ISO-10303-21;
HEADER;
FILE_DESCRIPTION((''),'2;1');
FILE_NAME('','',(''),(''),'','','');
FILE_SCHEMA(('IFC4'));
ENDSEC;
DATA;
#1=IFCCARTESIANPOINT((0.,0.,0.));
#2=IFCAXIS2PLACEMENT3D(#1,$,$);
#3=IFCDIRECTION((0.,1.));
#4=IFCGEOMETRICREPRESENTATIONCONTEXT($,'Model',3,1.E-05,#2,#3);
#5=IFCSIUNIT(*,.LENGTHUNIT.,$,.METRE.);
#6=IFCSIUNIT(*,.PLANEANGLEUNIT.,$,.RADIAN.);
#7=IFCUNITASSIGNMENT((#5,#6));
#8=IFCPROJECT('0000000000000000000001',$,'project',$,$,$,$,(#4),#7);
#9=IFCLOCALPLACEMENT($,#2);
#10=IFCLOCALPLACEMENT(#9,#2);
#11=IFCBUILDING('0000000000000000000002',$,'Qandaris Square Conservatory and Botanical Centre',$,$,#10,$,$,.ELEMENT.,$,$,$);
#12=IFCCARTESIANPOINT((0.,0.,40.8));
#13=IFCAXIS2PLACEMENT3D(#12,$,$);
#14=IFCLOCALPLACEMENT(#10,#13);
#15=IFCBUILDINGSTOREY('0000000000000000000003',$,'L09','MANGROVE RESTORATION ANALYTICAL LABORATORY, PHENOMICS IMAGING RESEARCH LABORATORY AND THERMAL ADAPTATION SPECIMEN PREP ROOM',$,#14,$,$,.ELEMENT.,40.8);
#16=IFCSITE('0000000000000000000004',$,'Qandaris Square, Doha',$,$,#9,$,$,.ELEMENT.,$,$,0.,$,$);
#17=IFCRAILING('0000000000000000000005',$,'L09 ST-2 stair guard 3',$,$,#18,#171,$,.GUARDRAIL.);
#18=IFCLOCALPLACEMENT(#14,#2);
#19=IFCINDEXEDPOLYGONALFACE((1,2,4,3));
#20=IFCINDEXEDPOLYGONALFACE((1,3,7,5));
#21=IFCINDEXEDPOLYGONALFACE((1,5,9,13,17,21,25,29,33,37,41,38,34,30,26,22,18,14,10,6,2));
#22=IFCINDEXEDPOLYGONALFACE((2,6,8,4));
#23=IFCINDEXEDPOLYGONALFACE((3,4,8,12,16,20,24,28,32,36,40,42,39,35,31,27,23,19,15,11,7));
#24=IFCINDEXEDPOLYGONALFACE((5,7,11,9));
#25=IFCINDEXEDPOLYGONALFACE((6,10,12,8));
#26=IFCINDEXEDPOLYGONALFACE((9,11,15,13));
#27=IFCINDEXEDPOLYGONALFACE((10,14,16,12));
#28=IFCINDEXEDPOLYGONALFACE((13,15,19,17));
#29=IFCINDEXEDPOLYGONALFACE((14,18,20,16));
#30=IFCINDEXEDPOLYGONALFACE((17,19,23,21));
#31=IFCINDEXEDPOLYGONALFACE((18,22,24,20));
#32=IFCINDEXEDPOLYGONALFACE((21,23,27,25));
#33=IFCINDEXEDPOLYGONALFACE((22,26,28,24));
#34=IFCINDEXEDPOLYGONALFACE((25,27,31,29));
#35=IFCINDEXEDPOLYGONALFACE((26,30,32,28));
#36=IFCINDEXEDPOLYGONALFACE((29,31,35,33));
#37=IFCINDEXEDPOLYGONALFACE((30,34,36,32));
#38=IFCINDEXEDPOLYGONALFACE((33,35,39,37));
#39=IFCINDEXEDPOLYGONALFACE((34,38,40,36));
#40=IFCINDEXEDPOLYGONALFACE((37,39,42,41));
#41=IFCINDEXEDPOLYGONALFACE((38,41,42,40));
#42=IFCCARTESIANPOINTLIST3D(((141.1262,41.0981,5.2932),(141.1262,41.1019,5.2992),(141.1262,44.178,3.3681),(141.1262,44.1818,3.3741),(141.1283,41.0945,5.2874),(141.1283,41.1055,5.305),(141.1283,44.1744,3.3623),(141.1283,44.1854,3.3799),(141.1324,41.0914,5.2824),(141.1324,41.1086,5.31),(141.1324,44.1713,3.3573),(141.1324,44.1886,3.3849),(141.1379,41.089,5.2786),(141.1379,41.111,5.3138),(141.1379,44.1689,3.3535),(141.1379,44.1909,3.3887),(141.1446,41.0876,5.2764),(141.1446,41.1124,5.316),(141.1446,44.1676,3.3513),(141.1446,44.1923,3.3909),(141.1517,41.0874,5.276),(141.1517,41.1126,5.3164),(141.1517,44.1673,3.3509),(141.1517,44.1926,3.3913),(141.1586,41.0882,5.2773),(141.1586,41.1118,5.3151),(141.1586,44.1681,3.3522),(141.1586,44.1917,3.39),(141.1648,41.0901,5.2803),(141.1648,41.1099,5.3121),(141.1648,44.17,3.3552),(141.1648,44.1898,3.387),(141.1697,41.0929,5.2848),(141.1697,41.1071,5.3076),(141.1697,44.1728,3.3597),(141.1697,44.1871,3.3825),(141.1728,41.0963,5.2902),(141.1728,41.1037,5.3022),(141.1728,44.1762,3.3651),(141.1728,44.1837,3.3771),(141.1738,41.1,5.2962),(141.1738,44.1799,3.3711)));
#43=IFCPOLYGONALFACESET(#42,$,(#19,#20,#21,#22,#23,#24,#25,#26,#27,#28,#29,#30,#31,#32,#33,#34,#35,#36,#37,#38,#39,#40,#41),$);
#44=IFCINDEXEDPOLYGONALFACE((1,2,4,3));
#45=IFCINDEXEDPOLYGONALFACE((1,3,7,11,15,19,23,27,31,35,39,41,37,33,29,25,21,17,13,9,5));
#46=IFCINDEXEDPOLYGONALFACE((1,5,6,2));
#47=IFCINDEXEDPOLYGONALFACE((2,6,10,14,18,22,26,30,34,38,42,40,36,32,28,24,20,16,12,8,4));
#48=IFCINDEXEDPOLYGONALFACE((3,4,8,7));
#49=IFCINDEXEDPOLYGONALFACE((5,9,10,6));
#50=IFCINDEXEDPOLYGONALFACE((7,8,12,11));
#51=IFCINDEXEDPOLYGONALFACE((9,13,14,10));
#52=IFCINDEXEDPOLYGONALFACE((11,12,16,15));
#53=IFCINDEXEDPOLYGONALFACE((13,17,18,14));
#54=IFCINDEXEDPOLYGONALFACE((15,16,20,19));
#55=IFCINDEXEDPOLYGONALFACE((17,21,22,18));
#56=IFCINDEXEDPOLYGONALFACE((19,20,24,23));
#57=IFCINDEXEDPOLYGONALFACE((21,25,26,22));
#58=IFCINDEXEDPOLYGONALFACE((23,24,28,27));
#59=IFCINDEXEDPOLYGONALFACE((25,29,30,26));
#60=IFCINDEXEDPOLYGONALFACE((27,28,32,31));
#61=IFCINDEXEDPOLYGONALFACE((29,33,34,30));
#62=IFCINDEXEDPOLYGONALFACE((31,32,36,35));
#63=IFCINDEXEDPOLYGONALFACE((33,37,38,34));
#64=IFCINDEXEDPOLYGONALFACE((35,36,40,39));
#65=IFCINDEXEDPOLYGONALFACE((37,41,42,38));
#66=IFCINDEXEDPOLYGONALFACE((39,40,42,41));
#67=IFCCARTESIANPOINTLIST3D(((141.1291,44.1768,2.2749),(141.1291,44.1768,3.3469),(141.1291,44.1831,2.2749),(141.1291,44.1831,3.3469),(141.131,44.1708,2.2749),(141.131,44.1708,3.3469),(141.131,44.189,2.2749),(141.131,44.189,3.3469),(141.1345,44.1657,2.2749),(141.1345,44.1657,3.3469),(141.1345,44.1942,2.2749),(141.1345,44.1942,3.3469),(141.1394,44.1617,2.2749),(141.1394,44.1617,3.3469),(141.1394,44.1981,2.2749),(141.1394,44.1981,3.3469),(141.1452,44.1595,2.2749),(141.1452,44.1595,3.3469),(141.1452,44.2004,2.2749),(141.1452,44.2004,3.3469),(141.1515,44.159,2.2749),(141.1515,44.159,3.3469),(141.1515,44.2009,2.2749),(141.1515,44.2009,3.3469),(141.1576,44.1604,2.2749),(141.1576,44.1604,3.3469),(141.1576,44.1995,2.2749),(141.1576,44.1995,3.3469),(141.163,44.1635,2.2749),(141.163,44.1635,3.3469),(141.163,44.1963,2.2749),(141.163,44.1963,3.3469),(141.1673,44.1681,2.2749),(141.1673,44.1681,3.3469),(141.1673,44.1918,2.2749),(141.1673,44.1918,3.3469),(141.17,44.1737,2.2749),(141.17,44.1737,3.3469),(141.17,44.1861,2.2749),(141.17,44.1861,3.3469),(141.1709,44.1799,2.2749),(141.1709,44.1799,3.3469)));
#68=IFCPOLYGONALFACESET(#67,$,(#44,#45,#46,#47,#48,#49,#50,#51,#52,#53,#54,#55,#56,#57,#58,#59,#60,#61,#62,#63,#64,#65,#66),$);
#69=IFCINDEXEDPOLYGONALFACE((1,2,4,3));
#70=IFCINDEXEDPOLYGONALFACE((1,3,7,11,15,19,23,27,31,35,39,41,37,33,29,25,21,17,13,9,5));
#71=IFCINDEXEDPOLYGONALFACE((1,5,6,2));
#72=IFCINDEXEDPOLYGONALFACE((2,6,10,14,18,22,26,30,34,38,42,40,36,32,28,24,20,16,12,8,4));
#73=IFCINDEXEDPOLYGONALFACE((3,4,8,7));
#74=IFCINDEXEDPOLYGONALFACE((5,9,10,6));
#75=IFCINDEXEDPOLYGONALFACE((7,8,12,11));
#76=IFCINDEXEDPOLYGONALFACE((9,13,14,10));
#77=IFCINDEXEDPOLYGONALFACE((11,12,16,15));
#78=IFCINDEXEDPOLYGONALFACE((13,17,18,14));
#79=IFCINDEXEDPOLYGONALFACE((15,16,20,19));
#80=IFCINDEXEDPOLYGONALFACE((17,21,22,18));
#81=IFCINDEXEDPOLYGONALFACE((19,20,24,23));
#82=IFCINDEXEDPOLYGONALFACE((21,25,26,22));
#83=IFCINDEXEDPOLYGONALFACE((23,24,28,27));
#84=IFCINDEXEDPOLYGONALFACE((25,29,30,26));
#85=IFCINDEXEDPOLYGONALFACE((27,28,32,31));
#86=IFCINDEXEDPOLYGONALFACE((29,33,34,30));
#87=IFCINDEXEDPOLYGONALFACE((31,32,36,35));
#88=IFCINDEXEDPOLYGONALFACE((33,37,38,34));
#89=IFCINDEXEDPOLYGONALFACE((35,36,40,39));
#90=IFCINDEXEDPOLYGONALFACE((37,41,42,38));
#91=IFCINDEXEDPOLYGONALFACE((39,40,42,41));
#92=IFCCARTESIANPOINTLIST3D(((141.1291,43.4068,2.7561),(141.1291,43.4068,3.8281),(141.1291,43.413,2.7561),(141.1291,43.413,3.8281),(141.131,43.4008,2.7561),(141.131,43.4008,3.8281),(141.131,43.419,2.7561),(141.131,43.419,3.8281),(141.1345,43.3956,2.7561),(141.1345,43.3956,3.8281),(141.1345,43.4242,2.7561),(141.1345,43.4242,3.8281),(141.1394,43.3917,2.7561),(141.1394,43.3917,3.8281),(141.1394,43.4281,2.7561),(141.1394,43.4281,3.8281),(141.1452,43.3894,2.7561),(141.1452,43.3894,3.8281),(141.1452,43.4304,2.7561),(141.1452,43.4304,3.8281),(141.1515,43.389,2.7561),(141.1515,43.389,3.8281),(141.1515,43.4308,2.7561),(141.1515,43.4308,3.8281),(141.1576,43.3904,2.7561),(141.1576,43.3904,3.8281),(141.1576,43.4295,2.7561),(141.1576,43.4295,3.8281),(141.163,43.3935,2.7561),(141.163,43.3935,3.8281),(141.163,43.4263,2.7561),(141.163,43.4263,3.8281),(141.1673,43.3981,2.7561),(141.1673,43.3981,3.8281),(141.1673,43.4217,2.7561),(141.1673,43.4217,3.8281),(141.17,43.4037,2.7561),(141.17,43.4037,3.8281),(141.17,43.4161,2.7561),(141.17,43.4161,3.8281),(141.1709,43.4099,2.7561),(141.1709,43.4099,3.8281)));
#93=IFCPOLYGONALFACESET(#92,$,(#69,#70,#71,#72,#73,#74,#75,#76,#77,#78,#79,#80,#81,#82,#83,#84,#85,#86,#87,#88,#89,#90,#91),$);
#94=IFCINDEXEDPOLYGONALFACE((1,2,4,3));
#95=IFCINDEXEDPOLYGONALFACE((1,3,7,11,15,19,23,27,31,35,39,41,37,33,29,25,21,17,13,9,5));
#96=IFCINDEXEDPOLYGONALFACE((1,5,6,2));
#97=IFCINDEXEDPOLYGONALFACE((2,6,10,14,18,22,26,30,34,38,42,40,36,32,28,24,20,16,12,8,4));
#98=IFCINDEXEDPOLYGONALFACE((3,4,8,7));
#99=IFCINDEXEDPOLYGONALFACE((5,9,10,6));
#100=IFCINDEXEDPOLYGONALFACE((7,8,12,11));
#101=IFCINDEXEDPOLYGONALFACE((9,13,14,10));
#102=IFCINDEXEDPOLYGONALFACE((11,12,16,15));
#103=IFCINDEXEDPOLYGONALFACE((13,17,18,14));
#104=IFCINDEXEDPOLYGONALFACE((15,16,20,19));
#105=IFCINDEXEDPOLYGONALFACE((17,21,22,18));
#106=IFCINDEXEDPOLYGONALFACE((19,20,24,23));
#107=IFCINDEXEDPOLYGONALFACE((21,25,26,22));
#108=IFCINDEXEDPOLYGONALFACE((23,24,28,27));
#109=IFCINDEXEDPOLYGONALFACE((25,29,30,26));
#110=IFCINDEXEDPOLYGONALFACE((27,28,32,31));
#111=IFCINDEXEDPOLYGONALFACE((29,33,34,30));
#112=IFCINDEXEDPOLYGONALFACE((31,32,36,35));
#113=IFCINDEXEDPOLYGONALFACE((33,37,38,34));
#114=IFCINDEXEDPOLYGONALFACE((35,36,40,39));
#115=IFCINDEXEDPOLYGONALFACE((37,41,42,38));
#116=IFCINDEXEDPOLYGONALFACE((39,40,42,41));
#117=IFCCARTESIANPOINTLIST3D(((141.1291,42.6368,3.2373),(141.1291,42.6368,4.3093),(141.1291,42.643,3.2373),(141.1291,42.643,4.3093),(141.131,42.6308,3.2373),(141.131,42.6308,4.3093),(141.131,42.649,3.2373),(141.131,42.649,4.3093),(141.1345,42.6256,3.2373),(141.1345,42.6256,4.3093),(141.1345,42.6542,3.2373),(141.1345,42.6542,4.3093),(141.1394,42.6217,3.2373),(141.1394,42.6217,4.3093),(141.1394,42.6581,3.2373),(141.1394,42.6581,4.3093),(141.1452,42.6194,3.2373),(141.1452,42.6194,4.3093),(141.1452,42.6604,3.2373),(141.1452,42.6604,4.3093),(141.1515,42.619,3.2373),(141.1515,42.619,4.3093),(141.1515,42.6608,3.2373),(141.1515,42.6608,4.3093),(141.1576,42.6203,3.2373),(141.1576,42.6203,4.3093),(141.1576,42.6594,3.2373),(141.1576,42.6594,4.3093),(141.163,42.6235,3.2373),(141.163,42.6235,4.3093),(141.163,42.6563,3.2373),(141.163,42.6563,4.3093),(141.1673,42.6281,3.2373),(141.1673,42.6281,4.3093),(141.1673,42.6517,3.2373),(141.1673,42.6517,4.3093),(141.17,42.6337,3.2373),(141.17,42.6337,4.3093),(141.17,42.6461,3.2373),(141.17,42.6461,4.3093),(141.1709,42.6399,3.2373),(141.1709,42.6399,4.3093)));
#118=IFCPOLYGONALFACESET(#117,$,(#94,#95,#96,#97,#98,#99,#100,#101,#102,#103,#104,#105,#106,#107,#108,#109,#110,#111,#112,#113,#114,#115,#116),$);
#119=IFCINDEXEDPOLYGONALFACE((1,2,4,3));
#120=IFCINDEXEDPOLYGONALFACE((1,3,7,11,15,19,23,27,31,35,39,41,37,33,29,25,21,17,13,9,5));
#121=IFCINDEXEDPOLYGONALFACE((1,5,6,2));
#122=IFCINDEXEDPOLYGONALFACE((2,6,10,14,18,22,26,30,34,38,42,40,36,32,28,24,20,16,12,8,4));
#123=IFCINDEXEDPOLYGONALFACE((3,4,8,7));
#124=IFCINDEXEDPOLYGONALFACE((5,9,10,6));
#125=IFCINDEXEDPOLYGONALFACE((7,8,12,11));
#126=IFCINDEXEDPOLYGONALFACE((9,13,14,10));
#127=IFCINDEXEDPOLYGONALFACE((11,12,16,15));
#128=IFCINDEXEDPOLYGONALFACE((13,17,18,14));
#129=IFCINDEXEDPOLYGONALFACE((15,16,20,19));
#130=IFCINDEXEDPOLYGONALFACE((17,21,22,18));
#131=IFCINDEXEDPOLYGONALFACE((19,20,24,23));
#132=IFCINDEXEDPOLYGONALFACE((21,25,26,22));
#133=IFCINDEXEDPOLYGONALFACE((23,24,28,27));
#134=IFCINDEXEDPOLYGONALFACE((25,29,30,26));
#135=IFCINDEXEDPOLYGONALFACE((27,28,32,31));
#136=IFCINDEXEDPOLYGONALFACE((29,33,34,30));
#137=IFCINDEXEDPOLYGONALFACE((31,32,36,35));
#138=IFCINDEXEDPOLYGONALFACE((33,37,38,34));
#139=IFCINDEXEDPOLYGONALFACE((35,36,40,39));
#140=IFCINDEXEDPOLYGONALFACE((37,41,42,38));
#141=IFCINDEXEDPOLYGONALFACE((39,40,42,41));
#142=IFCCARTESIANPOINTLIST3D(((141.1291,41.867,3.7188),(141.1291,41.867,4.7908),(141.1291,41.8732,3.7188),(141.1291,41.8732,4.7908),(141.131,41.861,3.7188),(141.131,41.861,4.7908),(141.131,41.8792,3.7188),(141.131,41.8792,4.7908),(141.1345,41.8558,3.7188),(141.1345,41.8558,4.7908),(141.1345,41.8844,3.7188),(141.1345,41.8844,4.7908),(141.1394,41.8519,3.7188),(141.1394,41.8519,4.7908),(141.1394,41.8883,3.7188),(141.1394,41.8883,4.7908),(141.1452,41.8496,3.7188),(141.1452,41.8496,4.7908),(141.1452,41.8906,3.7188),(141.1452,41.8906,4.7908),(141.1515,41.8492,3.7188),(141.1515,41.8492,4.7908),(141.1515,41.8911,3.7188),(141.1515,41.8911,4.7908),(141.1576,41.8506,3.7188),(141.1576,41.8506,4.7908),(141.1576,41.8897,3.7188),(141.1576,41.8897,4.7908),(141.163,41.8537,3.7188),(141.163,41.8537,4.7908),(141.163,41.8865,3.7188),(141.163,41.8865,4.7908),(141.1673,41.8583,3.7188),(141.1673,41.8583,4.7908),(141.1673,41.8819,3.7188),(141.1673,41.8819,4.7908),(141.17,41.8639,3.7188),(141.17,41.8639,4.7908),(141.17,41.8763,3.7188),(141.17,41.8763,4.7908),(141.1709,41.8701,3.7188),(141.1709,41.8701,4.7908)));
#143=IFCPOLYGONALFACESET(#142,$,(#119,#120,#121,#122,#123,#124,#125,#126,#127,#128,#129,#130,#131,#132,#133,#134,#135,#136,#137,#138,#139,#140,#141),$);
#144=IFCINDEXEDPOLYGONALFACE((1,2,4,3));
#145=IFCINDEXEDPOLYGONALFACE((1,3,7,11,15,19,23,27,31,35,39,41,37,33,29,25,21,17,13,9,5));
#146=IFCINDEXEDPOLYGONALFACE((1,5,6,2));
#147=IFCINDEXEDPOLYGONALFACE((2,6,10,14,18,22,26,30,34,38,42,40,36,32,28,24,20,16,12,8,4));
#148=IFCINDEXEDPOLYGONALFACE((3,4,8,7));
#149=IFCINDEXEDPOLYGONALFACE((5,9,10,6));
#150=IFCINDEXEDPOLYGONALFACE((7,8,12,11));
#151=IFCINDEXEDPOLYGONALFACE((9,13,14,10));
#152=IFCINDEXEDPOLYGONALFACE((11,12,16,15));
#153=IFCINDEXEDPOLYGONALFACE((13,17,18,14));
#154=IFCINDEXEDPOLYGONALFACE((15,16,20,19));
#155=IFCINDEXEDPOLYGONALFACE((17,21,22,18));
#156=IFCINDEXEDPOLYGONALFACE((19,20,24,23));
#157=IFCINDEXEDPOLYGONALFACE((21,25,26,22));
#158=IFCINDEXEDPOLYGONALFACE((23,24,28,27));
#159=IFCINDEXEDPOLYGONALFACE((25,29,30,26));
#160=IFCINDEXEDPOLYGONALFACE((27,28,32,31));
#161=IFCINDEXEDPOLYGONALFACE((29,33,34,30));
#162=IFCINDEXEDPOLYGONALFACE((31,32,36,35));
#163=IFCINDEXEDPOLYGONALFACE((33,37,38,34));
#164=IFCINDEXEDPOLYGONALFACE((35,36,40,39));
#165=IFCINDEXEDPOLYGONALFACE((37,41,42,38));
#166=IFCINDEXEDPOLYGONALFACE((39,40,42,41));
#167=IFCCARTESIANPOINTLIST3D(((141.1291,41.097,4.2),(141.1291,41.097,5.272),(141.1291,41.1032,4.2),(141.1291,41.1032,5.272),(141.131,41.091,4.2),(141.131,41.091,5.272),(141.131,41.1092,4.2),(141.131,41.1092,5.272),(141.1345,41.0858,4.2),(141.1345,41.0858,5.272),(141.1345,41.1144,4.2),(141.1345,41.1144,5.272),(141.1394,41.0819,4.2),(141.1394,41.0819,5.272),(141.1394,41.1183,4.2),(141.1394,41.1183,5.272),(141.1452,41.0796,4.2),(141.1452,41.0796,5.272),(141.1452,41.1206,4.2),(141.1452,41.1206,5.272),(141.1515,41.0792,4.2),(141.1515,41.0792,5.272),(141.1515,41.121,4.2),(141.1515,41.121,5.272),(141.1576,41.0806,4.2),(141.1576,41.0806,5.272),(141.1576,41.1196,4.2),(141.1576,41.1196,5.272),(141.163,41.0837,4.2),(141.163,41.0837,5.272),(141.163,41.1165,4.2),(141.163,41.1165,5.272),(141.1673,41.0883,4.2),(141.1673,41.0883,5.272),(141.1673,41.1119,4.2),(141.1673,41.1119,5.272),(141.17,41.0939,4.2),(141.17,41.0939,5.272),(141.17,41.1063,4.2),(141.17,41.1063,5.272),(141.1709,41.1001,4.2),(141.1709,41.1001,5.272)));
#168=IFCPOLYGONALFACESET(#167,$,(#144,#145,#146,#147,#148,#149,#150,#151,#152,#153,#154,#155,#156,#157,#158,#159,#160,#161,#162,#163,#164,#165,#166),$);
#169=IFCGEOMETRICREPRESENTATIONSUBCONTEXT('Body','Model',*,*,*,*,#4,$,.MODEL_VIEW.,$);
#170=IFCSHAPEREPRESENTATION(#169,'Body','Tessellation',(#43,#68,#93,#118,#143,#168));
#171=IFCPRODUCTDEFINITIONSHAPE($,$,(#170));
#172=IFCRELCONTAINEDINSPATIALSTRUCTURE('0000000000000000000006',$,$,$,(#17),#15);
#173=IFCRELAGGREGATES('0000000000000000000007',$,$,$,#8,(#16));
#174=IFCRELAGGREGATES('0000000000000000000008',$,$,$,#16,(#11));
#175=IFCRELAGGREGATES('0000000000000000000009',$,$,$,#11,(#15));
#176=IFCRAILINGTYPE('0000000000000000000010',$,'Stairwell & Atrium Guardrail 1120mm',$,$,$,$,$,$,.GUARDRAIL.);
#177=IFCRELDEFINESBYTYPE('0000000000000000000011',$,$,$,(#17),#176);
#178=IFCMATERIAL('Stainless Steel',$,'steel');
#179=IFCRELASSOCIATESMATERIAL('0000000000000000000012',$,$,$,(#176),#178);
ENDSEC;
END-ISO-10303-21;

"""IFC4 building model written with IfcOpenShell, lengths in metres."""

from ifc_helpers import new_model, si_unit, direction, frame, origin, origin_2d, place, context, subcontext, project, spatial, circle, extrude, material, type_object, element, save


model = new_model("IFC4")

# Units and contexts
model_context = context("Model", 3, precision=1e-05, world=origin(), true_north=direction((0.0, 1.0)))
body_context = subcontext(model_context, "Body", "Model", "MODEL_VIEW")
ifc_project = project(units=[si_unit("LENGTHUNIT", "METRE"), si_unit("PLANEANGLEUNIT", "RADIAN")], contexts=[model_context])

# Site, building, storey
site_placement = place(None, origin())
site = spatial("IfcSite", under=ifc_project, at=site_placement, Name="Qandaris Square, Doha", CompositionType="ELEMENT", RefElevation=0.0)
building_placement = place(site_placement, origin())
building = spatial("IfcBuilding", under=site, at=building_placement, Name="Qandaris Square Conservatory and Botanical Centre", CompositionType="ELEMENT")
storey_placement = place(building_placement, frame((0.0, 0.0, 40.8)))
storey = spatial("IfcBuildingStorey", under=building, at=storey_placement, Name="L09", Description="MANGROVE RESTORATION ANALYTICAL LABORATORY, PHENOMICS IMAGING RESEARCH LABORATORY AND THERMAL ADAPTATION SPECIMEN PREP ROOM", CompositionType="ELEMENT", Elevation=40.8)

# Railing
ifc_material_1 = material(Name="Stainless Steel", Category="steel")
railing_type_1 = type_object("IfcRailingType", Name="Stairwell & Atrium Guardrail 1120mm", PredefinedType="GUARDRAIL", material=ifc_material_1)
railing_1_placement = place(storey_placement, frame((141.1499, 44.1799, 2.2749)))
element("IfcRailing", 1, at=railing_1_placement, inside=storey, type_object=railing_type_1, Name="L09 ST-2 stair guard 3", PredefinedType="GUARDRAIL", context=body_context, shape_type="SweptSolid", body=[
    extrude(circle(Radius=0.0239, at=origin_2d()), frame((0.0, 0.0, 1.0962), z_axis=(0.0, -0.847979, 0.530029), x_axis=(1.0, 0.0, 0.0)), (0.0, 0.0, 1.0), 3.6321),
    extrude(circle(Radius=0.021, at=origin_2d()), origin(), (0.0, 0.0, 1.0), 1.072),
    extrude(circle(Radius=0.021, at=origin_2d()), frame((0.0, -0.77, 0.4812)), (0.0, 0.0, 1.0), 1.072),
    extrude(circle(Radius=0.021, at=origin_2d()), frame((0.0, -1.54, 0.9624)), (0.0, 0.0, 1.0), 1.072),
    extrude(circle(Radius=0.021, at=origin_2d()), frame((0.0, -2.3098, 1.4438)), (0.0, 0.0, 1.0), 1.072),
    extrude(circle(Radius=0.021, at=origin_2d()), frame((0.0, -3.0798, 1.925)), (0.0, 0.0, 1.0), 1.072),
])

save(model, "model.ifc")
